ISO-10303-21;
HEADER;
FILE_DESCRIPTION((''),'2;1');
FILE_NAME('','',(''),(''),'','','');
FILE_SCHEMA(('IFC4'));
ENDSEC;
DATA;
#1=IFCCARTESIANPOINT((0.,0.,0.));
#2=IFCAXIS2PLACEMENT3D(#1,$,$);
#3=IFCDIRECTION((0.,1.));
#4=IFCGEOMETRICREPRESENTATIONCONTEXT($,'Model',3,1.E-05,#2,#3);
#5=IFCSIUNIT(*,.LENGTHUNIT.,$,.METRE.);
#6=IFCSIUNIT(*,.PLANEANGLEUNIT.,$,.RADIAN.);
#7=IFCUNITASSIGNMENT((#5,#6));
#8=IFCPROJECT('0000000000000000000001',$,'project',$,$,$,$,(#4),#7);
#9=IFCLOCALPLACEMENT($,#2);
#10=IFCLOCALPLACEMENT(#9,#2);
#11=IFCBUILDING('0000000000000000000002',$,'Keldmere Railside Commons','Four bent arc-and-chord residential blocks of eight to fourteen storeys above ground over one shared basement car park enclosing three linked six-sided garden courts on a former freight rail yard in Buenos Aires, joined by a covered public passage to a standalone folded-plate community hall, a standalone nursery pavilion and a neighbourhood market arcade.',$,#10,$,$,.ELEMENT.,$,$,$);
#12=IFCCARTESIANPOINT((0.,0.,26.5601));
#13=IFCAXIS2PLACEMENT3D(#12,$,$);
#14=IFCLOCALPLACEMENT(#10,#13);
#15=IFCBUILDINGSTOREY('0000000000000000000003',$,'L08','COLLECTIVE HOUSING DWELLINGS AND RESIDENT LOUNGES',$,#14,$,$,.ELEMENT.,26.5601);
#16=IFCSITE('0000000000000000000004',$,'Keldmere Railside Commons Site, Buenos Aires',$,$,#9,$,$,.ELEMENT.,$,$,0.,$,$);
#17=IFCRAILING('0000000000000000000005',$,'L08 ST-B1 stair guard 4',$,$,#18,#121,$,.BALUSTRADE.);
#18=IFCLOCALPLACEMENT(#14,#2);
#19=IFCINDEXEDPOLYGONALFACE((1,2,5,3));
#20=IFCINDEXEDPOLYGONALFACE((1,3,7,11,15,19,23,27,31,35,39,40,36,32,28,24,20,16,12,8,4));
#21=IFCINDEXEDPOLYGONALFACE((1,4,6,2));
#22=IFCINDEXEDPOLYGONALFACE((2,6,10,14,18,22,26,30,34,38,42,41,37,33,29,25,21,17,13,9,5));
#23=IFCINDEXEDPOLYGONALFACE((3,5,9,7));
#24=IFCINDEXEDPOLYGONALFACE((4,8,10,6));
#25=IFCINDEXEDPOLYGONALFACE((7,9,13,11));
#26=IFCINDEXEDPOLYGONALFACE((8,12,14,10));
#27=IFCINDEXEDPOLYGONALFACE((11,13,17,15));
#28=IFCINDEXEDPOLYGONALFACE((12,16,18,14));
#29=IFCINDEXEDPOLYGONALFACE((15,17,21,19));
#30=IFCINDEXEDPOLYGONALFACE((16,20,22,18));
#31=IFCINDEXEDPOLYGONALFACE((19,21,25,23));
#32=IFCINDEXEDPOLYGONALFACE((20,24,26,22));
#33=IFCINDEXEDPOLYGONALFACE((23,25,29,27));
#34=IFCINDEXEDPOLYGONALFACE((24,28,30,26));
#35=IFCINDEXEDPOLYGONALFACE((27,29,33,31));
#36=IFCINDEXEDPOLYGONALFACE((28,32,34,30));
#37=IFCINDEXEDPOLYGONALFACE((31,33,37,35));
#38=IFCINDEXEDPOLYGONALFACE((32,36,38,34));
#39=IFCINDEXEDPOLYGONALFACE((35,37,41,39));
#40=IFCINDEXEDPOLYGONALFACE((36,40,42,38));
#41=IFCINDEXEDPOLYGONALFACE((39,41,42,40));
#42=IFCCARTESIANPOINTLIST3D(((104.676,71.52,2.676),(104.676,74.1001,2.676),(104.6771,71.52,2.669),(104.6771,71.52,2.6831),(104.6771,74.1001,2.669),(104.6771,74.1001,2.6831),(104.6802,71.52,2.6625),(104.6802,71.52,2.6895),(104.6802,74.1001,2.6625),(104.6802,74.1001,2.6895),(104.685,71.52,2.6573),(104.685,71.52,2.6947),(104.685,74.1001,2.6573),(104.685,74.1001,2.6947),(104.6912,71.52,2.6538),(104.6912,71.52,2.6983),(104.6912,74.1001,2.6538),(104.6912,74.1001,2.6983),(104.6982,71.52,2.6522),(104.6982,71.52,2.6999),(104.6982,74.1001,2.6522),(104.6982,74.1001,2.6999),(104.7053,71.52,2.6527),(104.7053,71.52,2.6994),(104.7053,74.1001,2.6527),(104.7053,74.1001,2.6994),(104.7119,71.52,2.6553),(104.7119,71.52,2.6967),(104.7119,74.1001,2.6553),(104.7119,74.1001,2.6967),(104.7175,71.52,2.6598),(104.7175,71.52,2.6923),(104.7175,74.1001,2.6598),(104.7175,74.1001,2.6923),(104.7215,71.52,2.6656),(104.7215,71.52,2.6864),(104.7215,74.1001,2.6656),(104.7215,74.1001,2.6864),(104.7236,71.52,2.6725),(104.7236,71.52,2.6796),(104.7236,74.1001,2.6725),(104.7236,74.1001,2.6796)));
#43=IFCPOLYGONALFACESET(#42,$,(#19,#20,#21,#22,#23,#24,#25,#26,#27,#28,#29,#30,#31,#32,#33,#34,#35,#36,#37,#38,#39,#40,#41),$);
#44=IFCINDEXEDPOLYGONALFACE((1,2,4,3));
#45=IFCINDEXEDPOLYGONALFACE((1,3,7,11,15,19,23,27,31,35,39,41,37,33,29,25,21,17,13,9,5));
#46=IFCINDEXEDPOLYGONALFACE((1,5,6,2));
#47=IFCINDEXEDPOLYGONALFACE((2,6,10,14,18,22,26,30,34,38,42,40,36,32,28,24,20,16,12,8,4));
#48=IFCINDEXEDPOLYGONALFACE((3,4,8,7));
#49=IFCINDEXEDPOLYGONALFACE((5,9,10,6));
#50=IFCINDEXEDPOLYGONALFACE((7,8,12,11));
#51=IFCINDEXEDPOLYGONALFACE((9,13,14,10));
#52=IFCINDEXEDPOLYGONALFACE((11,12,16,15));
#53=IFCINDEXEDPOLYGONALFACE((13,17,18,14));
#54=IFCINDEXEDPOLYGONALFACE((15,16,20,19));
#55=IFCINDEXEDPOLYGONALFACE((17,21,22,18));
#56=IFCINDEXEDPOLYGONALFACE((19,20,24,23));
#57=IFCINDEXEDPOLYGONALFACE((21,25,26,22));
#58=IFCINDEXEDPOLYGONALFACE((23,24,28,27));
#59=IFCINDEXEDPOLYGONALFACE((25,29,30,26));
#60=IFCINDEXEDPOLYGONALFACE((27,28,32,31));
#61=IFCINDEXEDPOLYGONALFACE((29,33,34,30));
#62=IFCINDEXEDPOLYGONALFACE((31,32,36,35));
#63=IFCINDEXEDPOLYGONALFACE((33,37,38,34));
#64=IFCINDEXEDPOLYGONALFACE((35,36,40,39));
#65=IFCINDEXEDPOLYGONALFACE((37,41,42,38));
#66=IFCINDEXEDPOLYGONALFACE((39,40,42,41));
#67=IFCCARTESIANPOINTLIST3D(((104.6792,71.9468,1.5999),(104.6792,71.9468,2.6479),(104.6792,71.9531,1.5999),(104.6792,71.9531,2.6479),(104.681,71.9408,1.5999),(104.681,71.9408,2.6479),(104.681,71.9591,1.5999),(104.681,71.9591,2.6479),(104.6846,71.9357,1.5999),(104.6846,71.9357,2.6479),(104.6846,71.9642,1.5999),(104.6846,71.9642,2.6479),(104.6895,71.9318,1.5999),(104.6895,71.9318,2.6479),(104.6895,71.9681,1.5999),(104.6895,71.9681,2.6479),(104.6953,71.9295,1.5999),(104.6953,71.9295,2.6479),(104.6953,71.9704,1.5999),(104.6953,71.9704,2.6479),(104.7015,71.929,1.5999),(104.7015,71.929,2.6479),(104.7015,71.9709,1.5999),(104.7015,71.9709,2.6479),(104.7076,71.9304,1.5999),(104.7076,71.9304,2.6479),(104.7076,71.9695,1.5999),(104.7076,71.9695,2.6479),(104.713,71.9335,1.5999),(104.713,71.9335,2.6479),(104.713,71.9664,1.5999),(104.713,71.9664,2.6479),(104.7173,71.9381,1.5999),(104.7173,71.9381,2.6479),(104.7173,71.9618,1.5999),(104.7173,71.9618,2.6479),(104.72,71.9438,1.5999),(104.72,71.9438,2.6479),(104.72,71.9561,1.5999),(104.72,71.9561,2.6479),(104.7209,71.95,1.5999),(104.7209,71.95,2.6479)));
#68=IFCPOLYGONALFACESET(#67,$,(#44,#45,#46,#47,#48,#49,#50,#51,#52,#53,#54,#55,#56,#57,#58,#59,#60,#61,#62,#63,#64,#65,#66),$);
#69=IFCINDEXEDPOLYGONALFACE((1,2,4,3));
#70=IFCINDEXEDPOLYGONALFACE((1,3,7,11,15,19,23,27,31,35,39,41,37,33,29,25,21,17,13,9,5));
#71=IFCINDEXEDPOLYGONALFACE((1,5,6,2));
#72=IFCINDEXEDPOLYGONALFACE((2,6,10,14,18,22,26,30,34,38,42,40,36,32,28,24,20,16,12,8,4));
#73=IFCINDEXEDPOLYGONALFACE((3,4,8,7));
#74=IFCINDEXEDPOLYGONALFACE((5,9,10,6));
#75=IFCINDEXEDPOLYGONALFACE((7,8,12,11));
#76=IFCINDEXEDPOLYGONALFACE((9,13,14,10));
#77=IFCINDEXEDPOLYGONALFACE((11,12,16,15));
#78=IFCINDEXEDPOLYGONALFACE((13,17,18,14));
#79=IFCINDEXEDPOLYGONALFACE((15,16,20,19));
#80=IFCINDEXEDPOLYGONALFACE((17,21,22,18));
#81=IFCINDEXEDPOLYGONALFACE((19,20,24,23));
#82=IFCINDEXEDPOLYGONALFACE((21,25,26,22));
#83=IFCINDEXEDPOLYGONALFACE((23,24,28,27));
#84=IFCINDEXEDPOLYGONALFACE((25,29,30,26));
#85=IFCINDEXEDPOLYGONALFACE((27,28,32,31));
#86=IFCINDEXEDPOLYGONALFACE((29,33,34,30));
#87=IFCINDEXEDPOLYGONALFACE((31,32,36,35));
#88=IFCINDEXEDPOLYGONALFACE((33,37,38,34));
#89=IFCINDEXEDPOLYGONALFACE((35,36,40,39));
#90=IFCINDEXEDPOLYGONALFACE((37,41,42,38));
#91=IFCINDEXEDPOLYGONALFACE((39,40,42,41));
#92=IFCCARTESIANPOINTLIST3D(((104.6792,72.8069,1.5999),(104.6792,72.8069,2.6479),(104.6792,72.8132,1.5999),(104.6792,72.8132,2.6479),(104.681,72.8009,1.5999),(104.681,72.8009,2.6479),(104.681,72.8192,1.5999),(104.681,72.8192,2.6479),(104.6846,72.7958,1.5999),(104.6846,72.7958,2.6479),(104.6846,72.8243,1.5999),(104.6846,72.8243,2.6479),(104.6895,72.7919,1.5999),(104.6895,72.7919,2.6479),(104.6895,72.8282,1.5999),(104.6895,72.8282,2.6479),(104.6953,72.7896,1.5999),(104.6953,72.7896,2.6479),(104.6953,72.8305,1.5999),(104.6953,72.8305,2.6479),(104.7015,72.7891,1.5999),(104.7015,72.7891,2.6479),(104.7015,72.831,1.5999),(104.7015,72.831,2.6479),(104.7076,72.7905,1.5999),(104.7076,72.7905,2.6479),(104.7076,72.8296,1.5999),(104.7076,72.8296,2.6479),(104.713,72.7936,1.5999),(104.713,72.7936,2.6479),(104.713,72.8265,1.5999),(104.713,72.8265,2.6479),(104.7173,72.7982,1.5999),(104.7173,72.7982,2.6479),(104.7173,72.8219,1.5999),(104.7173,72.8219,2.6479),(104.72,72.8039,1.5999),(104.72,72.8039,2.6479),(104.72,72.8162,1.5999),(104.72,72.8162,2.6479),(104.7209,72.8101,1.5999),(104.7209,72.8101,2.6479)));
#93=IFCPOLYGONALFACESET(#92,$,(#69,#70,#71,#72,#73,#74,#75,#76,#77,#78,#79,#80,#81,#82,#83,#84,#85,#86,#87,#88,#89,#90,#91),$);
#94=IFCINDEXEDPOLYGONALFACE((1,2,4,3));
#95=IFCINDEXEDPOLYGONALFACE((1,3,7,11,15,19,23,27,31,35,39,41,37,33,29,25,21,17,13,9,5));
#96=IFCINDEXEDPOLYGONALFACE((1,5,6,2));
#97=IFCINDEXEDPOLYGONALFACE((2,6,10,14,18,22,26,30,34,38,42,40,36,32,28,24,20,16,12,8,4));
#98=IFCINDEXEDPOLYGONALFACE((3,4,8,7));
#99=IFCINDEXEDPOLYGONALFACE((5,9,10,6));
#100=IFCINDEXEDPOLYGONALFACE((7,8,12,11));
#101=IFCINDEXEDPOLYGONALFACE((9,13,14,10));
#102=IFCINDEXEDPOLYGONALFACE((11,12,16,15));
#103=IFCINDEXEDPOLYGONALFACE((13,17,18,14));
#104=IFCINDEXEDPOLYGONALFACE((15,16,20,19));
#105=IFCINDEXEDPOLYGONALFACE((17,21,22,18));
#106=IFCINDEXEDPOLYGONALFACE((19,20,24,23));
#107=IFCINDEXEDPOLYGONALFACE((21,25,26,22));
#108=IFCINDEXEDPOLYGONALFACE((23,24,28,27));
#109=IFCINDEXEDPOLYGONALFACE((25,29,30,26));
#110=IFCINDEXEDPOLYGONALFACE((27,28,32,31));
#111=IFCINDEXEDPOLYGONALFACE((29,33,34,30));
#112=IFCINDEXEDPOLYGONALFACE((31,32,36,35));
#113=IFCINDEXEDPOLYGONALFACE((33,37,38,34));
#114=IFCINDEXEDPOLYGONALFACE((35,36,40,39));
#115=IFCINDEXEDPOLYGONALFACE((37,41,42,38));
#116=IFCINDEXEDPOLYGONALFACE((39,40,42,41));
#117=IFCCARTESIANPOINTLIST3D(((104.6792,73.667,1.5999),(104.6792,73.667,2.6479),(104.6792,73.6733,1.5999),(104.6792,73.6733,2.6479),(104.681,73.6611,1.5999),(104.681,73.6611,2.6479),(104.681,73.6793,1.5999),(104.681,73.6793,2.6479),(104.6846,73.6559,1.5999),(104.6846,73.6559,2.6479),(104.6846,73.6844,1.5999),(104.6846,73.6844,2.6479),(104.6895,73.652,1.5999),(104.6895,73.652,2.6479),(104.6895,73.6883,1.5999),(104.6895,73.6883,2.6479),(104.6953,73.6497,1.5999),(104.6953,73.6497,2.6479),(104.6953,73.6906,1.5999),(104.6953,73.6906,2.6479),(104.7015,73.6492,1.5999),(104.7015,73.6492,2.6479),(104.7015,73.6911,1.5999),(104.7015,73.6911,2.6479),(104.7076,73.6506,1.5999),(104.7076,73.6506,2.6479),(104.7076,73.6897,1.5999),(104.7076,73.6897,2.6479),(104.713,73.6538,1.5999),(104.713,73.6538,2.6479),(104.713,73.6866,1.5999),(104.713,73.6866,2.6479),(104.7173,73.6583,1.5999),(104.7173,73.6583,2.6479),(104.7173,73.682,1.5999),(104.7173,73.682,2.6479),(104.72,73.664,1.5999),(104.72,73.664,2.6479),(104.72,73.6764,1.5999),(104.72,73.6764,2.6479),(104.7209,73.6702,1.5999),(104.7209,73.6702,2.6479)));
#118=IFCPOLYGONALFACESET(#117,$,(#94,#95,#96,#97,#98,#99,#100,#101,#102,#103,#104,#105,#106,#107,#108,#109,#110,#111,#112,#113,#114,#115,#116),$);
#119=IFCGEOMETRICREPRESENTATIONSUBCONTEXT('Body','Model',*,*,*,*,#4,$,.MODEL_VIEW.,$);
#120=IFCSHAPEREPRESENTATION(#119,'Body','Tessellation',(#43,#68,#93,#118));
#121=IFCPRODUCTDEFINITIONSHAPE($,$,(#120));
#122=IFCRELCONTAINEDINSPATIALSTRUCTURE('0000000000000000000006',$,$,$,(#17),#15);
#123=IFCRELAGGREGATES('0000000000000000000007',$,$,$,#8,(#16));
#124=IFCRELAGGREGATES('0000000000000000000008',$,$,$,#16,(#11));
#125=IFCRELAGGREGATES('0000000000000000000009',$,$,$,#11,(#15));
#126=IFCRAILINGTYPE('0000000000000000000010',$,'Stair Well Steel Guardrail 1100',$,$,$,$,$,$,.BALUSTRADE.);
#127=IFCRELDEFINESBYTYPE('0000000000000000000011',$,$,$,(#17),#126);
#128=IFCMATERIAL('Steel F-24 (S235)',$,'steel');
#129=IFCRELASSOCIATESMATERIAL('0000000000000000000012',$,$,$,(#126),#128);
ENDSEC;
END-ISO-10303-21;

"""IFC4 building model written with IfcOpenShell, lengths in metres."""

from ifc_helpers import new_model, si_unit, direction, frame, origin, origin_2d, place, context, subcontext, project, spatial, circle, extrude, material, type_object, element, save


model = new_model("IFC4")

# Units and contexts
model_context = context("Model", 3, precision=1e-05, world=origin(), true_north=direction((0.0, 1.0)))
body_context = subcontext(model_context, "Body", "Model", "MODEL_VIEW")
ifc_project = project(units=[si_unit("LENGTHUNIT", "METRE"), si_unit("PLANEANGLEUNIT", "RADIAN")], contexts=[model_context])

# Site, building, storey
site_placement = place(None, origin())
site = spatial("IfcSite", under=ifc_project, at=site_placement, Name="Keldmere Railside Commons Site, Buenos Aires", CompositionType="ELEMENT", RefElevation=0.0)
building_placement = place(site_placement, origin())
building = spatial("IfcBuilding", under=site, at=building_placement, Name="Keldmere Railside Commons", Description="Four bent arc-and-chord residential blocks of eight to fourteen storeys above ground over one shared basement car park enclosing three linked six-sided garden courts on a former freight rail yard in Buenos Aires, joined by a covered public passage to a standalone folded-plate community hall, a standalone nursery pavilion and a neighbourhood market arcade.", CompositionType="ELEMENT")
storey_placement = place(building_placement, frame((0.0, 0.0, 26.5601)))
storey = spatial("IfcBuildingStorey", under=building, at=storey_placement, Name="L08", Description="COLLECTIVE HOUSING DWELLINGS AND RESIDENT LOUNGES", CompositionType="ELEMENT", Elevation=26.5601)

# Railing
ifc_material_1 = material(Name="Steel F-24 (S235)", Category="steel")
railing_type_1 = type_object("IfcRailingType", Name="Stair Well Steel Guardrail 1100", PredefinedType="BALUSTRADE", material=ifc_material_1)
railing_1_placement = place(storey_placement, frame((104.7, 71.52, 1.5999)))
element("IfcRailing", 1, at=railing_1_placement, inside=storey, type_object=railing_type_1, Name="L08 ST-B1 stair guard 4", PredefinedType="BALUSTRADE", context=body_context, shape_type="SweptSolid", body=[
    extrude(circle(Radius=0.0239, at=origin_2d()), frame((0.0, 0.0, 1.0762), z_axis=(0.0, 1.0, 0.0), x_axis=(-1.0, 0.0, 0.0)), (0.0, 0.0, 1.0), 2.5801),
    extrude(circle(Radius=0.021, at=origin_2d()), frame((0.0, 0.4299, 0.0)), (0.0, 0.0, 1.0), 1.0481),
    extrude(circle(Radius=0.021, at=origin_2d()), frame((0.0, 1.29, 0.0)), (0.0, 0.0, 1.0), 1.0481),
    extrude(circle(Radius=0.021, at=origin_2d()), frame((0.0, 2.1501, 0.0)), (0.0, 0.0, 1.0), 1.0481),
])

save(model, "model.ifc")
